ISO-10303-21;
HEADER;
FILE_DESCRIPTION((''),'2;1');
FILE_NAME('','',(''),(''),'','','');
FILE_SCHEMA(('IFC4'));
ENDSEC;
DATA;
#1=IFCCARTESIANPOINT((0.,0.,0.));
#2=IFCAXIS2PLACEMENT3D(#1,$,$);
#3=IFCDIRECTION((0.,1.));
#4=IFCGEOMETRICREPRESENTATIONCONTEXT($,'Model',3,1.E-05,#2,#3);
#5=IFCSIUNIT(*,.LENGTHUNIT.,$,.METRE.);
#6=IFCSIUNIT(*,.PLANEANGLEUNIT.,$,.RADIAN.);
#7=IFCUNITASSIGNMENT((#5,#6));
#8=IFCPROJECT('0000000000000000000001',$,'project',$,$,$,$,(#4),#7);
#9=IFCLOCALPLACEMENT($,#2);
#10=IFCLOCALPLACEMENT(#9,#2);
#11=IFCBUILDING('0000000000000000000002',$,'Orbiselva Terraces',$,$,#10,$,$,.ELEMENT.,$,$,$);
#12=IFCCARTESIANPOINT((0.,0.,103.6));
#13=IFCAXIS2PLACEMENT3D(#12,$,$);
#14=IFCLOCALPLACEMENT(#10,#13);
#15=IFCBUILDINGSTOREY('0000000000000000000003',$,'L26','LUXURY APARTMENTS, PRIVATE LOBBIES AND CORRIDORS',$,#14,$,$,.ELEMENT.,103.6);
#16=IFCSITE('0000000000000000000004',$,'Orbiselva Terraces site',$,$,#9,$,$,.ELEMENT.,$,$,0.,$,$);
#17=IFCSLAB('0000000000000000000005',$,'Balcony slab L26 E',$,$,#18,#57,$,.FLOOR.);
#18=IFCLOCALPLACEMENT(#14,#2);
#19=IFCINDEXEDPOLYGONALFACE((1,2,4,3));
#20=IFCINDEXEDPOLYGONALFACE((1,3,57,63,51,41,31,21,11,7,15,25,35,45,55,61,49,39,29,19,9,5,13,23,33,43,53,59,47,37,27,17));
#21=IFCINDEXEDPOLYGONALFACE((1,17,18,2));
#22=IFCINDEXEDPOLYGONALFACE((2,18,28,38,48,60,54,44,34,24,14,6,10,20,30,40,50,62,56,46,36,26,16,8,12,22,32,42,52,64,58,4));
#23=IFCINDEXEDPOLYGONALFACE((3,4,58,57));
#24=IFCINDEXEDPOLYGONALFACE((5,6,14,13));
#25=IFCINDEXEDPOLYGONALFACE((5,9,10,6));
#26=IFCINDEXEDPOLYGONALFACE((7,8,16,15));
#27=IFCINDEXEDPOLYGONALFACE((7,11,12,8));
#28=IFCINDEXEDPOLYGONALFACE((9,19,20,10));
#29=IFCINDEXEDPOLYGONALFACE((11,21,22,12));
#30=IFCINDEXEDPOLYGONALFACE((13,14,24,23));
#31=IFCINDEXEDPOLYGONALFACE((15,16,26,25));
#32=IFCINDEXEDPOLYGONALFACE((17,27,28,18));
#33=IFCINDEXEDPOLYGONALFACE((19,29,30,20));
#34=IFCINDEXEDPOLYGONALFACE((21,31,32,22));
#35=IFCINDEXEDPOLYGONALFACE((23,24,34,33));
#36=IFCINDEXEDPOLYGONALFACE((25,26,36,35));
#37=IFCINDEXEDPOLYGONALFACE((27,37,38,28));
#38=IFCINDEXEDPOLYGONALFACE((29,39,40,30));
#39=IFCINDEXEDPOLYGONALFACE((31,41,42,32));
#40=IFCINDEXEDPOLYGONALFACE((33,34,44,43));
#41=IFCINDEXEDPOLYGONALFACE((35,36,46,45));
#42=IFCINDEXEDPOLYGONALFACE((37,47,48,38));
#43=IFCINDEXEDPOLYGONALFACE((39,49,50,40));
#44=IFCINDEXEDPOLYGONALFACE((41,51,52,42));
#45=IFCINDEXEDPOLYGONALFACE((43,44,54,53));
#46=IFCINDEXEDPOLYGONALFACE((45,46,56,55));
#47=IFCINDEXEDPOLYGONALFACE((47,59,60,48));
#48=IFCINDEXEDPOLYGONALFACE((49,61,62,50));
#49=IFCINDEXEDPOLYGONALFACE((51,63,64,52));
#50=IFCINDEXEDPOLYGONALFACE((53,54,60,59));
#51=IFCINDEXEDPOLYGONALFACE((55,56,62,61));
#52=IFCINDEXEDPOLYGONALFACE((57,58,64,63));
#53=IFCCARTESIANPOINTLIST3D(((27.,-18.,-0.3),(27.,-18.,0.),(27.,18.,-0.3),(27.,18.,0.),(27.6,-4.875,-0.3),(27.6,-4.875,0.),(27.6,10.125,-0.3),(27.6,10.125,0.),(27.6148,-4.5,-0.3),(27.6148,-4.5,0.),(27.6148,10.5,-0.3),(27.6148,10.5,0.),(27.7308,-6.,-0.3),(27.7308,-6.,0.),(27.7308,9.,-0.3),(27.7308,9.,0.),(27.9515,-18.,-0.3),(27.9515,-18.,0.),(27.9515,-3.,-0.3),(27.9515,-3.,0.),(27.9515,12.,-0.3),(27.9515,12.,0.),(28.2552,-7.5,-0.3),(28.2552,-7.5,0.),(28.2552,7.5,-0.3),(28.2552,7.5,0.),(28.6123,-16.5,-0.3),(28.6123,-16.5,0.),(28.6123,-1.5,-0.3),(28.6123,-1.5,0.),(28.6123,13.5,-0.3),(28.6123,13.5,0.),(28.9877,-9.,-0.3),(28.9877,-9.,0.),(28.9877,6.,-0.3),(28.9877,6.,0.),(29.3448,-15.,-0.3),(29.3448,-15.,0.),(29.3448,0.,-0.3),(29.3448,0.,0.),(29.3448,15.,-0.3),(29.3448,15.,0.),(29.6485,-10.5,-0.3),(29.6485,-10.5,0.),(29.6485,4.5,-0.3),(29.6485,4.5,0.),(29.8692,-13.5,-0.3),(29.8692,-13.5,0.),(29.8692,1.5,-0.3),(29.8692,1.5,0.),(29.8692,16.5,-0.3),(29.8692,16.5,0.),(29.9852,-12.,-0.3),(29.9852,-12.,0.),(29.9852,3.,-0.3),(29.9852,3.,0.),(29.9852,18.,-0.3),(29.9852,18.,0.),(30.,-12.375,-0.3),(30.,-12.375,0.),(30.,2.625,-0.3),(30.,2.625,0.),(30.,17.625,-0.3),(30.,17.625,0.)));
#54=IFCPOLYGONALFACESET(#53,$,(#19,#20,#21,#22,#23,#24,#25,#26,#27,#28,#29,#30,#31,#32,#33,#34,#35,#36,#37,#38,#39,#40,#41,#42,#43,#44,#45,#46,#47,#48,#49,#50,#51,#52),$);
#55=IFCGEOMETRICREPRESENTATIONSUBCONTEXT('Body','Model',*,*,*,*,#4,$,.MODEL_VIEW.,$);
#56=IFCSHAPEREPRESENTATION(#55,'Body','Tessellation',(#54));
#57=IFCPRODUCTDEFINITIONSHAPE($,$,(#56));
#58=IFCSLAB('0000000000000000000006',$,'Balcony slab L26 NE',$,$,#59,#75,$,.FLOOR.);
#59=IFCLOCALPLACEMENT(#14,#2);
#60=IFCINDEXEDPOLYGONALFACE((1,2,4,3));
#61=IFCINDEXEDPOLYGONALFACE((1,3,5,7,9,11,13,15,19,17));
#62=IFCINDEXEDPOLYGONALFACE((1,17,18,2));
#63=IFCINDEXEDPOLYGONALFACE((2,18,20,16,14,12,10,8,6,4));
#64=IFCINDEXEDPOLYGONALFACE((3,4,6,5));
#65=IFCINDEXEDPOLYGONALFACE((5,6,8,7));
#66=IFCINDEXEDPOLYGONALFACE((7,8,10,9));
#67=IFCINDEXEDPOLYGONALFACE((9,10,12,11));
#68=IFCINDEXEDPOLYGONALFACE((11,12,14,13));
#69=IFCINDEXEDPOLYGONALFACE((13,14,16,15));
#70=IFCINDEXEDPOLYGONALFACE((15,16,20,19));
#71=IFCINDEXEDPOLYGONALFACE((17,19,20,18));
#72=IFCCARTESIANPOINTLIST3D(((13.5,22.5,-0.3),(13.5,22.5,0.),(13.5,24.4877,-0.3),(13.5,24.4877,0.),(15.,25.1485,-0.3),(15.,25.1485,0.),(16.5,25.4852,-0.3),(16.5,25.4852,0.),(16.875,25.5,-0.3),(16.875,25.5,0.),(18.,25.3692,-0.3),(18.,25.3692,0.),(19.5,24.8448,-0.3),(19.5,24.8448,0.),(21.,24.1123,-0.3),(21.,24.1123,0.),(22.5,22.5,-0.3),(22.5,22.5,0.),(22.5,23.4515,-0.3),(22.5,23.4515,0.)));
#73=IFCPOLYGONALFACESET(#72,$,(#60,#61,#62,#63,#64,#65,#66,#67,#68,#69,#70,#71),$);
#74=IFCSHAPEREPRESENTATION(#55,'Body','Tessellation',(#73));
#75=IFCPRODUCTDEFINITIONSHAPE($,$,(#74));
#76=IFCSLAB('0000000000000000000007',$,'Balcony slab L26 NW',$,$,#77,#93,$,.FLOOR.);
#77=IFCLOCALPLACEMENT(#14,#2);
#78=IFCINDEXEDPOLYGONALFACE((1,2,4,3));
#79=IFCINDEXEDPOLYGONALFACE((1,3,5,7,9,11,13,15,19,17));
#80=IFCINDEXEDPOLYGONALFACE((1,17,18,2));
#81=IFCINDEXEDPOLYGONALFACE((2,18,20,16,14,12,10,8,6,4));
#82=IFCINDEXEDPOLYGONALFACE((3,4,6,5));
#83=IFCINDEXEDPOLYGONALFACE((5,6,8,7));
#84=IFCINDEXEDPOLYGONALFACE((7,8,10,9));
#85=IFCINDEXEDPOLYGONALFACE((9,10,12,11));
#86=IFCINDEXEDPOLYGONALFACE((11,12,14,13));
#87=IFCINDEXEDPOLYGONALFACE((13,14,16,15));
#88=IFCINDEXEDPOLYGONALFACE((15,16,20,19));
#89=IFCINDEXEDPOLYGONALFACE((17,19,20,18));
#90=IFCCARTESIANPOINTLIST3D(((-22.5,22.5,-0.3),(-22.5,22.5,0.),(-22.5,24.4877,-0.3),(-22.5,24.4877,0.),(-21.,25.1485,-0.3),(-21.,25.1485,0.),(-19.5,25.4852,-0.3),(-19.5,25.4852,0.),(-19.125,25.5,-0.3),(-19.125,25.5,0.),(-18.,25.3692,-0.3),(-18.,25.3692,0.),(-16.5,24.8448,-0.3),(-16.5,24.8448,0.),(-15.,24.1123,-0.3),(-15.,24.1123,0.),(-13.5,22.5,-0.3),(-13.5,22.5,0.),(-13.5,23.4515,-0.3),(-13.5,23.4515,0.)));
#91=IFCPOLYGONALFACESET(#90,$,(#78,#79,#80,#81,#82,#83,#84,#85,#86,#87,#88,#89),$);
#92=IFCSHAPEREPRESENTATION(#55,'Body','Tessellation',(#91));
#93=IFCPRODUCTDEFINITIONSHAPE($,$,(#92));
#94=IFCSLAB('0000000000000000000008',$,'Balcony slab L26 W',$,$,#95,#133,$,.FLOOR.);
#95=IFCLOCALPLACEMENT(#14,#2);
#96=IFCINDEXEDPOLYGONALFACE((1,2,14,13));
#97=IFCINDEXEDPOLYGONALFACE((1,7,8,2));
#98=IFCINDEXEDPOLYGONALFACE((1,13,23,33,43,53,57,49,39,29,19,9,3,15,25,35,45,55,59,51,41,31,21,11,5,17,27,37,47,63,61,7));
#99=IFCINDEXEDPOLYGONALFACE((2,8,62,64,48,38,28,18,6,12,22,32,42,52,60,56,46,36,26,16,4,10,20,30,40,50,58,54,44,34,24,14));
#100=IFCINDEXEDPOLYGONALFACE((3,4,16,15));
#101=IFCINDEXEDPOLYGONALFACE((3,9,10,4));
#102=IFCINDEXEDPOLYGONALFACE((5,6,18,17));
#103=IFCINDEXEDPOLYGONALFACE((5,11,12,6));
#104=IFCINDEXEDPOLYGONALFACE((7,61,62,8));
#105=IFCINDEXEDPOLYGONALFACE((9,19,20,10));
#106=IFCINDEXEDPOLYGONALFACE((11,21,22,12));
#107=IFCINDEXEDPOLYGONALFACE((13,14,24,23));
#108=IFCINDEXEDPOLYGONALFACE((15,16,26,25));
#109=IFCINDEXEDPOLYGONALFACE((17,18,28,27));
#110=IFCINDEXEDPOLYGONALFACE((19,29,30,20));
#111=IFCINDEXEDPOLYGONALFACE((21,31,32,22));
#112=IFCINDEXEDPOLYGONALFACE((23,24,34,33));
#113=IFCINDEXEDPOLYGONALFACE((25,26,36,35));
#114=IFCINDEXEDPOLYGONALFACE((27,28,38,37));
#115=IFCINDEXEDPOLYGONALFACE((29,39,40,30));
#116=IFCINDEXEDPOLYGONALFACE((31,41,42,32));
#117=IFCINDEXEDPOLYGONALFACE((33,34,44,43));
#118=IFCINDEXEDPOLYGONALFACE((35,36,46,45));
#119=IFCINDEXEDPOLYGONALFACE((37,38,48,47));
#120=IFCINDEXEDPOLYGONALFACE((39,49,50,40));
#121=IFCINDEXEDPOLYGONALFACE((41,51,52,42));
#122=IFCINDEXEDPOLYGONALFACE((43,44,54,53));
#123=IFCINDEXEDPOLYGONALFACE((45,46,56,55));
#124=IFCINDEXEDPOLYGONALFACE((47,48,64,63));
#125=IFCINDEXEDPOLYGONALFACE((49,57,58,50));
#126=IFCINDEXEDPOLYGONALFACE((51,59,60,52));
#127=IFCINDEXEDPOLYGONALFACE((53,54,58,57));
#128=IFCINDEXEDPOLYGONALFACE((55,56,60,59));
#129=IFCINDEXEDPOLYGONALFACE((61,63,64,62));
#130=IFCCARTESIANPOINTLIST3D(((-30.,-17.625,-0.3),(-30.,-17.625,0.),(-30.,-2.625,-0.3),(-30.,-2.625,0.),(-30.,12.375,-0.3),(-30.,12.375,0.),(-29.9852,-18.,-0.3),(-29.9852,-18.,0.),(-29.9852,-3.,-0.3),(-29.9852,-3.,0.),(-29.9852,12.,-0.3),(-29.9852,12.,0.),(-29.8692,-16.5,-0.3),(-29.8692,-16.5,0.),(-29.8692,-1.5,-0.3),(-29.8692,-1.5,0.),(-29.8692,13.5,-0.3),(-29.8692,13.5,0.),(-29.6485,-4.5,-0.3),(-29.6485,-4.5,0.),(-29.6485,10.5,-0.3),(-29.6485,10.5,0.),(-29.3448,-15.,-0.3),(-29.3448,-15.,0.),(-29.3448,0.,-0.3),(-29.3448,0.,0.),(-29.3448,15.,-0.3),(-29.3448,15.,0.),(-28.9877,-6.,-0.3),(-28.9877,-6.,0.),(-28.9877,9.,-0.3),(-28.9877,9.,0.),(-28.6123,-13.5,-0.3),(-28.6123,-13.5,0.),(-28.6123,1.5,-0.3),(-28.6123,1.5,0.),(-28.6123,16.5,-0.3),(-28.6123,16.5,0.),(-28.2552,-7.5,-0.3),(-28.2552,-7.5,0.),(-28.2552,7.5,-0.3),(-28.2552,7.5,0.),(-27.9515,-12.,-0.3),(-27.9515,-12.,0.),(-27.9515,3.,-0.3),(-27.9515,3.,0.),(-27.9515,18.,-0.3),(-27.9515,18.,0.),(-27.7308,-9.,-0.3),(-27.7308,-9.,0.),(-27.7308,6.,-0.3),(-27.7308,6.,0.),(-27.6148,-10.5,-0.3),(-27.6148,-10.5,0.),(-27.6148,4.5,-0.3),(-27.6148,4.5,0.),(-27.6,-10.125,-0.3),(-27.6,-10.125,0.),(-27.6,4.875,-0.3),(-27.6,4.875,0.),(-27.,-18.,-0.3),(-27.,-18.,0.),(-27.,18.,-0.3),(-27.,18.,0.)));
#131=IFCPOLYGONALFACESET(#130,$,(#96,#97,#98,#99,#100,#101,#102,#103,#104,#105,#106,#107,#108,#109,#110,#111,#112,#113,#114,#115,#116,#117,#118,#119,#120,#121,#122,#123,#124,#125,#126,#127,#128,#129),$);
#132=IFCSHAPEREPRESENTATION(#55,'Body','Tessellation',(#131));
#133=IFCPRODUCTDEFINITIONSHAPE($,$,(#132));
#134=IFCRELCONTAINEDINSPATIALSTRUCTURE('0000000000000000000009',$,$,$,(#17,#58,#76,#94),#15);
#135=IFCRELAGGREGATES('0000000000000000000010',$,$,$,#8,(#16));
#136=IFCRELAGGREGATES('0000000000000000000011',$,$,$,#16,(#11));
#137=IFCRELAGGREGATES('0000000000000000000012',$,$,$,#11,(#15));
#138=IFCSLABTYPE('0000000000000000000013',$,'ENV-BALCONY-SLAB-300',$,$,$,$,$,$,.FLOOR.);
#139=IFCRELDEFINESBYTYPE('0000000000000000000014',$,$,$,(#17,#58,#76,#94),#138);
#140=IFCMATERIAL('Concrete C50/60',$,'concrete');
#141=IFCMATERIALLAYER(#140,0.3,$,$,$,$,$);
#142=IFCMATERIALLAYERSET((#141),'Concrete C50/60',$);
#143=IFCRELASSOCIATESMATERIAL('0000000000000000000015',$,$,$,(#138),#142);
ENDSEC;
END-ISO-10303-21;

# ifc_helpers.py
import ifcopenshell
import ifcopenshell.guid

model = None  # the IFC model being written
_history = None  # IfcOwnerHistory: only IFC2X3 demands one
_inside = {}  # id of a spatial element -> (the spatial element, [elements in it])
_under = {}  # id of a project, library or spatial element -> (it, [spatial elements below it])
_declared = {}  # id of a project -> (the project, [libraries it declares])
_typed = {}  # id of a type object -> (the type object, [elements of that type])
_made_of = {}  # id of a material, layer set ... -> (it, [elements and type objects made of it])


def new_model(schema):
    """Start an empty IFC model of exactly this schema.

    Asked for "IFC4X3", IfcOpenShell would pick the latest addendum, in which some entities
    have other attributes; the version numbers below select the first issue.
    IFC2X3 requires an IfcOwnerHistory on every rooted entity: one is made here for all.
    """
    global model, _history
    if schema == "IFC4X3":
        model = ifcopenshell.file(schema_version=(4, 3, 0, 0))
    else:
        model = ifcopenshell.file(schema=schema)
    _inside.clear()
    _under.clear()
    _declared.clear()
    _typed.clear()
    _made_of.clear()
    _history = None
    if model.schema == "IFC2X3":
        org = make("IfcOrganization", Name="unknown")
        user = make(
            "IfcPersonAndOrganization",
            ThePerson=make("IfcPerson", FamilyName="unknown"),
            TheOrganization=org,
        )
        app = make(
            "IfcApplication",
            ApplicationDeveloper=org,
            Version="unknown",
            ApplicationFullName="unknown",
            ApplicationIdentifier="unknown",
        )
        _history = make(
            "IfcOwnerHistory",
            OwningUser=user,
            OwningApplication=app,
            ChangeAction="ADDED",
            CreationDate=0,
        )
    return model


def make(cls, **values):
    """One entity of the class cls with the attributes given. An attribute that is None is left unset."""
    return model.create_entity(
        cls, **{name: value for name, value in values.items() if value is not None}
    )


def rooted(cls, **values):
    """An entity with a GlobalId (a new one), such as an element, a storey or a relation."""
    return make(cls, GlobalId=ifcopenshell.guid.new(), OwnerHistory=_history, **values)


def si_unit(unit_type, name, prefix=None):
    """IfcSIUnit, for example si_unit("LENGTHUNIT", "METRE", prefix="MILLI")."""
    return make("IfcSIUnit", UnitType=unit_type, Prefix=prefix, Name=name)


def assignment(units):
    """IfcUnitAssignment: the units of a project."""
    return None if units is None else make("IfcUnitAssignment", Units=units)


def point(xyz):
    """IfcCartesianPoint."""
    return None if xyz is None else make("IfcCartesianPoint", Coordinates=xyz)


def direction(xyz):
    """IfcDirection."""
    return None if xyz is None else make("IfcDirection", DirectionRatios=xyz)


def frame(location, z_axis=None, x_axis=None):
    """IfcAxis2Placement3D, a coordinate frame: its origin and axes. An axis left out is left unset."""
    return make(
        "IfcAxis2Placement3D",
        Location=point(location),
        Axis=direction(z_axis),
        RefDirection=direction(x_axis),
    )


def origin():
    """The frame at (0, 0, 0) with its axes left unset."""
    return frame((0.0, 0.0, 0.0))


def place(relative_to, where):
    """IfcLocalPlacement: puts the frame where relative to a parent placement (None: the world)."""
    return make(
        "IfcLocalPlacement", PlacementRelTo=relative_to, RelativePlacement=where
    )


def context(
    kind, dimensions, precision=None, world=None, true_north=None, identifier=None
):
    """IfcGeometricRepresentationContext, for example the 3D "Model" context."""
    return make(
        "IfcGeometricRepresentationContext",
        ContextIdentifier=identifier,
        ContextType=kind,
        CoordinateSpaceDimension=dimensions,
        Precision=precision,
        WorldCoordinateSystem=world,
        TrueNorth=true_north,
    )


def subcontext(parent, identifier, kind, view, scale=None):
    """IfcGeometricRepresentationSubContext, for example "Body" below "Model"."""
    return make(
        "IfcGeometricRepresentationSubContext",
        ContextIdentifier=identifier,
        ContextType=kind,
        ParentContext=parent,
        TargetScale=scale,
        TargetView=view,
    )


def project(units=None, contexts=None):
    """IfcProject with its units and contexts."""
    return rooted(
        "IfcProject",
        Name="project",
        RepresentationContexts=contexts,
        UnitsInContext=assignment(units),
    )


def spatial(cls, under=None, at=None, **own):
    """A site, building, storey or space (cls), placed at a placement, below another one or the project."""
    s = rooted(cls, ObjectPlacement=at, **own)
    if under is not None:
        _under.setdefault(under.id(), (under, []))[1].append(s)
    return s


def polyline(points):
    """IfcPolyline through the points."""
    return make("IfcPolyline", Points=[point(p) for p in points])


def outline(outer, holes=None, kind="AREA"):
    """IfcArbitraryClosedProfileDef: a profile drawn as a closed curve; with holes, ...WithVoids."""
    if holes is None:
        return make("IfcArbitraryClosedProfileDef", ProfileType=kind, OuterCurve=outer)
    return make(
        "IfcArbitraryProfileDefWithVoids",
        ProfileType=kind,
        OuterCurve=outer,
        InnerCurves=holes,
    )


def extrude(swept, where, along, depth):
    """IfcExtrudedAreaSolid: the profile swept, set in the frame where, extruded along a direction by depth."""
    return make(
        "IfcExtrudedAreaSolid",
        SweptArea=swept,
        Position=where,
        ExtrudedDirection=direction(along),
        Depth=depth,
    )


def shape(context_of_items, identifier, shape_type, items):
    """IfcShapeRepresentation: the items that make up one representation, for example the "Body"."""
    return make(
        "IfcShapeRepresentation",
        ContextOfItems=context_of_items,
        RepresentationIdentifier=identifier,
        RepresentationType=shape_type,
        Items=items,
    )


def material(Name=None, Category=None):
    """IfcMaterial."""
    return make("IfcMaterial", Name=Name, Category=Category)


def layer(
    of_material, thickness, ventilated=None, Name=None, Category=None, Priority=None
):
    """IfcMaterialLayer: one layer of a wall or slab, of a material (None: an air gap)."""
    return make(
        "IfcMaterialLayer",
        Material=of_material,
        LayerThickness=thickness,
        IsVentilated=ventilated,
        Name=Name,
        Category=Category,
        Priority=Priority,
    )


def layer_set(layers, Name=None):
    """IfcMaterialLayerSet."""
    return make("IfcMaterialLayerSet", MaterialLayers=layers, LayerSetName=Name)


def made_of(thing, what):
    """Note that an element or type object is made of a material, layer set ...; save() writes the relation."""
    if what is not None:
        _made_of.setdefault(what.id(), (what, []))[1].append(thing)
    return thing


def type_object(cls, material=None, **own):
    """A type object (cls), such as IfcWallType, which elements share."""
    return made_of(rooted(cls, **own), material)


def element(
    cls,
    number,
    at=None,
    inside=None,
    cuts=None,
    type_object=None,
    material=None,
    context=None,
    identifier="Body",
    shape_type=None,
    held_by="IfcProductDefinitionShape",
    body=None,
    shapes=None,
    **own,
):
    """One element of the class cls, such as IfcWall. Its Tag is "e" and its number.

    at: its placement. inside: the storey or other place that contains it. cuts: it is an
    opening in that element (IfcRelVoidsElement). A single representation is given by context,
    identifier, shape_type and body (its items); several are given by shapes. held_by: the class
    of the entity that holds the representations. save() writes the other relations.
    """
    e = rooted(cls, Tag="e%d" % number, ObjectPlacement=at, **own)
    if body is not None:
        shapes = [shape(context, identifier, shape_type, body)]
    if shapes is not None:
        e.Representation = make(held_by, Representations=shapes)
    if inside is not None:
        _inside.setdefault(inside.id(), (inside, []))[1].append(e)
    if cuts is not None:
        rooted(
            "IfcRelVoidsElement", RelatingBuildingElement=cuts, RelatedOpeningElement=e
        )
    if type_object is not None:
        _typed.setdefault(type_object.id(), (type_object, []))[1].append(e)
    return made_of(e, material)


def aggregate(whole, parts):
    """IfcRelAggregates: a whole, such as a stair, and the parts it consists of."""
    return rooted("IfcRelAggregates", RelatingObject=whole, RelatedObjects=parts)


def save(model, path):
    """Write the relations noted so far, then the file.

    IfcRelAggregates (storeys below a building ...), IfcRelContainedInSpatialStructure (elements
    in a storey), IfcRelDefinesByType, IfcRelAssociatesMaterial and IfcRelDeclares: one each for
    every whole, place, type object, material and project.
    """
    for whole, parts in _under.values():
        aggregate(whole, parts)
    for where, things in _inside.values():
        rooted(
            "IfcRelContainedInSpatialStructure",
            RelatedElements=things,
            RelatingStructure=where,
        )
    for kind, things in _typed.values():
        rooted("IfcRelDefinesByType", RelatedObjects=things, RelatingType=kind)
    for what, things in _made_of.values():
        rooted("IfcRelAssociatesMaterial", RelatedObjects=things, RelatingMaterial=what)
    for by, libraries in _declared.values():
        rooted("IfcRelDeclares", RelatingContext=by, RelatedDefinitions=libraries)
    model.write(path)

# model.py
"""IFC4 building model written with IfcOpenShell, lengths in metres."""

from ifc_helpers import new_model, si_unit, direction, frame, origin, place, context, subcontext, project, spatial, polyline, outline, extrude, material, layer, layer_set, type_object, element, save


model = new_model("IFC4")

# Units and contexts
model_context = context("Model", 3, precision=1e-05, world=origin(), true_north=direction((0.0, 1.0)))
body_context = subcontext(model_context, "Body", "Model", "MODEL_VIEW")
ifc_project = project(units=[si_unit("LENGTHUNIT", "METRE"), si_unit("PLANEANGLEUNIT", "RADIAN")], contexts=[model_context])

# Site, building, storey
site_placement = place(None, origin())
site = spatial("IfcSite", under=ifc_project, at=site_placement, Name="Orbiselva Terraces site", CompositionType="ELEMENT", RefElevation=0.0)
building_placement = place(site_placement, origin())
building = spatial("IfcBuilding", under=site, at=building_placement, Name="Orbiselva Terraces", CompositionType="ELEMENT")
storey_placement = place(building_placement, frame((0.0, 0.0, 103.6)))
storey = spatial("IfcBuildingStorey", under=building, at=storey_placement, Name="L26", Description="LUXURY APARTMENTS, PRIVATE LOBBIES AND CORRIDORS", CompositionType="ELEMENT", Elevation=103.6)

# Slabs
ifc_material_1 = material(Name="Concrete C50/60", Category="concrete")
ifc_layer_1 = layer(ifc_material_1, 0.3)
ifc_layer_set_1 = layer_set([ifc_layer_1], Name="Concrete C50/60")
slab_type_1 = type_object("IfcSlabType", Name="ENV-BALCONY-SLAB-300", PredefinedType="FLOOR", material=ifc_layer_set_1)
slab_1_placement = place(storey_placement, frame((0.0, 0.0, -0.3)))
element("IfcSlab", 1, at=slab_1_placement, inside=storey, type_object=slab_type_1, Name="Balcony slab L26 E", PredefinedType="FLOOR", context=body_context, shape_type="SweptSolid", body=[
    extrude(outline(polyline([(27.9515, -18.0), (28.6123, -16.5), (29.3448, -15.0), (29.8692, -13.5), (30.0, -12.375), (29.9852, -12.0), (29.6485, -10.5), (28.9877, -9.0), (28.2552, -7.5), (27.7308, -6.0), (27.6, -4.875), (27.6148, -4.5), (27.9515, -3.0), (28.6123, -1.5), (29.3448, 0.0), (29.8692, 1.5), (30.0, 2.625), (29.9852, 3.0), (29.6485, 4.5), (28.9877, 6.0), (28.2552, 7.5), (27.7308, 9.0), (27.6, 10.125), (27.6148, 10.5), (27.9515, 12.0), (28.6123, 13.5), (29.3448, 15.0), (29.8692, 16.5), (30.0, 17.625), (29.9852, 18.0), (27.0, 18.0), (27.0, -18.0), (27.9515, -18.0)])), origin(), (0.0, 0.0, 1.0), 0.3),
])
slab_2_placement = place(storey_placement, frame((0.0, 0.0, -0.3)))
element("IfcSlab", 2, at=slab_2_placement, inside=storey, type_object=slab_type_1, Name="Balcony slab L26 NE", PredefinedType="FLOOR", context=body_context, shape_type="SweptSolid", body=[
    extrude(outline(polyline([(22.5, 23.4515), (21.0, 24.1123), (19.5, 24.8448), (18.0, 25.3692), (16.875, 25.5), (16.5, 25.4852), (15.0, 25.1485), (13.5, 24.4877), (13.5, 22.5), (22.5, 22.5), (22.5, 23.4515)])), origin(), (0.0, 0.0, 1.0), 0.3),
])
slab_3_placement = place(storey_placement, frame((0.0, 0.0, -0.3)))
element("IfcSlab", 3, at=slab_3_placement, inside=storey, type_object=slab_type_1, Name="Balcony slab L26 NW", PredefinedType="FLOOR", context=body_context, shape_type="SweptSolid", body=[
    extrude(outline(polyline([(-13.5, 23.4515), (-15.0, 24.1123), (-16.5, 24.8448), (-18.0, 25.3692), (-19.125, 25.5), (-19.5, 25.4852), (-21.0, 25.1485), (-22.5, 24.4877), (-22.5, 22.5), (-13.5, 22.5), (-13.5, 23.4515)])), origin(), (0.0, 0.0, 1.0), 0.3),
])
slab_4_placement = place(storey_placement, frame((0.0, 0.0, -0.3)))
element("IfcSlab", 4, at=slab_4_placement, inside=storey, type_object=slab_type_1, Name="Balcony slab L26 W", PredefinedType="FLOOR", context=body_context, shape_type="SweptSolid", body=[
    extrude(outline(polyline([(-27.9515, 18.0), (-28.6123, 16.5), (-29.3448, 15.0), (-29.8692, 13.5), (-30.0, 12.375), (-29.9852, 12.0), (-29.6485, 10.5), (-28.9877, 9.0), (-28.2552, 7.5), (-27.7308, 6.0), (-27.6, 4.875), (-27.6148, 4.5), (-27.9515, 3.0), (-28.6123, 1.5), (-29.3448, 0.0), (-29.8692, -1.5), (-30.0, -2.625), (-29.9852, -3.0), (-29.6485, -4.5), (-28.9877, -6.0), (-28.2552, -7.5), (-27.7308, -9.0), (-27.6, -10.125), (-27.6148, -10.5), (-27.9515, -12.0), (-28.6123, -13.5), (-29.3448, -15.0), (-29.8692, -16.5), (-30.0, -17.625), (-29.9852, -18.0), (-27.0, -18.0), (-27.0, 18.0), (-27.9515, 18.0)])), origin(), (0.0, 0.0, 1.0), 0.3),
])

save(model, "model.ifc")
